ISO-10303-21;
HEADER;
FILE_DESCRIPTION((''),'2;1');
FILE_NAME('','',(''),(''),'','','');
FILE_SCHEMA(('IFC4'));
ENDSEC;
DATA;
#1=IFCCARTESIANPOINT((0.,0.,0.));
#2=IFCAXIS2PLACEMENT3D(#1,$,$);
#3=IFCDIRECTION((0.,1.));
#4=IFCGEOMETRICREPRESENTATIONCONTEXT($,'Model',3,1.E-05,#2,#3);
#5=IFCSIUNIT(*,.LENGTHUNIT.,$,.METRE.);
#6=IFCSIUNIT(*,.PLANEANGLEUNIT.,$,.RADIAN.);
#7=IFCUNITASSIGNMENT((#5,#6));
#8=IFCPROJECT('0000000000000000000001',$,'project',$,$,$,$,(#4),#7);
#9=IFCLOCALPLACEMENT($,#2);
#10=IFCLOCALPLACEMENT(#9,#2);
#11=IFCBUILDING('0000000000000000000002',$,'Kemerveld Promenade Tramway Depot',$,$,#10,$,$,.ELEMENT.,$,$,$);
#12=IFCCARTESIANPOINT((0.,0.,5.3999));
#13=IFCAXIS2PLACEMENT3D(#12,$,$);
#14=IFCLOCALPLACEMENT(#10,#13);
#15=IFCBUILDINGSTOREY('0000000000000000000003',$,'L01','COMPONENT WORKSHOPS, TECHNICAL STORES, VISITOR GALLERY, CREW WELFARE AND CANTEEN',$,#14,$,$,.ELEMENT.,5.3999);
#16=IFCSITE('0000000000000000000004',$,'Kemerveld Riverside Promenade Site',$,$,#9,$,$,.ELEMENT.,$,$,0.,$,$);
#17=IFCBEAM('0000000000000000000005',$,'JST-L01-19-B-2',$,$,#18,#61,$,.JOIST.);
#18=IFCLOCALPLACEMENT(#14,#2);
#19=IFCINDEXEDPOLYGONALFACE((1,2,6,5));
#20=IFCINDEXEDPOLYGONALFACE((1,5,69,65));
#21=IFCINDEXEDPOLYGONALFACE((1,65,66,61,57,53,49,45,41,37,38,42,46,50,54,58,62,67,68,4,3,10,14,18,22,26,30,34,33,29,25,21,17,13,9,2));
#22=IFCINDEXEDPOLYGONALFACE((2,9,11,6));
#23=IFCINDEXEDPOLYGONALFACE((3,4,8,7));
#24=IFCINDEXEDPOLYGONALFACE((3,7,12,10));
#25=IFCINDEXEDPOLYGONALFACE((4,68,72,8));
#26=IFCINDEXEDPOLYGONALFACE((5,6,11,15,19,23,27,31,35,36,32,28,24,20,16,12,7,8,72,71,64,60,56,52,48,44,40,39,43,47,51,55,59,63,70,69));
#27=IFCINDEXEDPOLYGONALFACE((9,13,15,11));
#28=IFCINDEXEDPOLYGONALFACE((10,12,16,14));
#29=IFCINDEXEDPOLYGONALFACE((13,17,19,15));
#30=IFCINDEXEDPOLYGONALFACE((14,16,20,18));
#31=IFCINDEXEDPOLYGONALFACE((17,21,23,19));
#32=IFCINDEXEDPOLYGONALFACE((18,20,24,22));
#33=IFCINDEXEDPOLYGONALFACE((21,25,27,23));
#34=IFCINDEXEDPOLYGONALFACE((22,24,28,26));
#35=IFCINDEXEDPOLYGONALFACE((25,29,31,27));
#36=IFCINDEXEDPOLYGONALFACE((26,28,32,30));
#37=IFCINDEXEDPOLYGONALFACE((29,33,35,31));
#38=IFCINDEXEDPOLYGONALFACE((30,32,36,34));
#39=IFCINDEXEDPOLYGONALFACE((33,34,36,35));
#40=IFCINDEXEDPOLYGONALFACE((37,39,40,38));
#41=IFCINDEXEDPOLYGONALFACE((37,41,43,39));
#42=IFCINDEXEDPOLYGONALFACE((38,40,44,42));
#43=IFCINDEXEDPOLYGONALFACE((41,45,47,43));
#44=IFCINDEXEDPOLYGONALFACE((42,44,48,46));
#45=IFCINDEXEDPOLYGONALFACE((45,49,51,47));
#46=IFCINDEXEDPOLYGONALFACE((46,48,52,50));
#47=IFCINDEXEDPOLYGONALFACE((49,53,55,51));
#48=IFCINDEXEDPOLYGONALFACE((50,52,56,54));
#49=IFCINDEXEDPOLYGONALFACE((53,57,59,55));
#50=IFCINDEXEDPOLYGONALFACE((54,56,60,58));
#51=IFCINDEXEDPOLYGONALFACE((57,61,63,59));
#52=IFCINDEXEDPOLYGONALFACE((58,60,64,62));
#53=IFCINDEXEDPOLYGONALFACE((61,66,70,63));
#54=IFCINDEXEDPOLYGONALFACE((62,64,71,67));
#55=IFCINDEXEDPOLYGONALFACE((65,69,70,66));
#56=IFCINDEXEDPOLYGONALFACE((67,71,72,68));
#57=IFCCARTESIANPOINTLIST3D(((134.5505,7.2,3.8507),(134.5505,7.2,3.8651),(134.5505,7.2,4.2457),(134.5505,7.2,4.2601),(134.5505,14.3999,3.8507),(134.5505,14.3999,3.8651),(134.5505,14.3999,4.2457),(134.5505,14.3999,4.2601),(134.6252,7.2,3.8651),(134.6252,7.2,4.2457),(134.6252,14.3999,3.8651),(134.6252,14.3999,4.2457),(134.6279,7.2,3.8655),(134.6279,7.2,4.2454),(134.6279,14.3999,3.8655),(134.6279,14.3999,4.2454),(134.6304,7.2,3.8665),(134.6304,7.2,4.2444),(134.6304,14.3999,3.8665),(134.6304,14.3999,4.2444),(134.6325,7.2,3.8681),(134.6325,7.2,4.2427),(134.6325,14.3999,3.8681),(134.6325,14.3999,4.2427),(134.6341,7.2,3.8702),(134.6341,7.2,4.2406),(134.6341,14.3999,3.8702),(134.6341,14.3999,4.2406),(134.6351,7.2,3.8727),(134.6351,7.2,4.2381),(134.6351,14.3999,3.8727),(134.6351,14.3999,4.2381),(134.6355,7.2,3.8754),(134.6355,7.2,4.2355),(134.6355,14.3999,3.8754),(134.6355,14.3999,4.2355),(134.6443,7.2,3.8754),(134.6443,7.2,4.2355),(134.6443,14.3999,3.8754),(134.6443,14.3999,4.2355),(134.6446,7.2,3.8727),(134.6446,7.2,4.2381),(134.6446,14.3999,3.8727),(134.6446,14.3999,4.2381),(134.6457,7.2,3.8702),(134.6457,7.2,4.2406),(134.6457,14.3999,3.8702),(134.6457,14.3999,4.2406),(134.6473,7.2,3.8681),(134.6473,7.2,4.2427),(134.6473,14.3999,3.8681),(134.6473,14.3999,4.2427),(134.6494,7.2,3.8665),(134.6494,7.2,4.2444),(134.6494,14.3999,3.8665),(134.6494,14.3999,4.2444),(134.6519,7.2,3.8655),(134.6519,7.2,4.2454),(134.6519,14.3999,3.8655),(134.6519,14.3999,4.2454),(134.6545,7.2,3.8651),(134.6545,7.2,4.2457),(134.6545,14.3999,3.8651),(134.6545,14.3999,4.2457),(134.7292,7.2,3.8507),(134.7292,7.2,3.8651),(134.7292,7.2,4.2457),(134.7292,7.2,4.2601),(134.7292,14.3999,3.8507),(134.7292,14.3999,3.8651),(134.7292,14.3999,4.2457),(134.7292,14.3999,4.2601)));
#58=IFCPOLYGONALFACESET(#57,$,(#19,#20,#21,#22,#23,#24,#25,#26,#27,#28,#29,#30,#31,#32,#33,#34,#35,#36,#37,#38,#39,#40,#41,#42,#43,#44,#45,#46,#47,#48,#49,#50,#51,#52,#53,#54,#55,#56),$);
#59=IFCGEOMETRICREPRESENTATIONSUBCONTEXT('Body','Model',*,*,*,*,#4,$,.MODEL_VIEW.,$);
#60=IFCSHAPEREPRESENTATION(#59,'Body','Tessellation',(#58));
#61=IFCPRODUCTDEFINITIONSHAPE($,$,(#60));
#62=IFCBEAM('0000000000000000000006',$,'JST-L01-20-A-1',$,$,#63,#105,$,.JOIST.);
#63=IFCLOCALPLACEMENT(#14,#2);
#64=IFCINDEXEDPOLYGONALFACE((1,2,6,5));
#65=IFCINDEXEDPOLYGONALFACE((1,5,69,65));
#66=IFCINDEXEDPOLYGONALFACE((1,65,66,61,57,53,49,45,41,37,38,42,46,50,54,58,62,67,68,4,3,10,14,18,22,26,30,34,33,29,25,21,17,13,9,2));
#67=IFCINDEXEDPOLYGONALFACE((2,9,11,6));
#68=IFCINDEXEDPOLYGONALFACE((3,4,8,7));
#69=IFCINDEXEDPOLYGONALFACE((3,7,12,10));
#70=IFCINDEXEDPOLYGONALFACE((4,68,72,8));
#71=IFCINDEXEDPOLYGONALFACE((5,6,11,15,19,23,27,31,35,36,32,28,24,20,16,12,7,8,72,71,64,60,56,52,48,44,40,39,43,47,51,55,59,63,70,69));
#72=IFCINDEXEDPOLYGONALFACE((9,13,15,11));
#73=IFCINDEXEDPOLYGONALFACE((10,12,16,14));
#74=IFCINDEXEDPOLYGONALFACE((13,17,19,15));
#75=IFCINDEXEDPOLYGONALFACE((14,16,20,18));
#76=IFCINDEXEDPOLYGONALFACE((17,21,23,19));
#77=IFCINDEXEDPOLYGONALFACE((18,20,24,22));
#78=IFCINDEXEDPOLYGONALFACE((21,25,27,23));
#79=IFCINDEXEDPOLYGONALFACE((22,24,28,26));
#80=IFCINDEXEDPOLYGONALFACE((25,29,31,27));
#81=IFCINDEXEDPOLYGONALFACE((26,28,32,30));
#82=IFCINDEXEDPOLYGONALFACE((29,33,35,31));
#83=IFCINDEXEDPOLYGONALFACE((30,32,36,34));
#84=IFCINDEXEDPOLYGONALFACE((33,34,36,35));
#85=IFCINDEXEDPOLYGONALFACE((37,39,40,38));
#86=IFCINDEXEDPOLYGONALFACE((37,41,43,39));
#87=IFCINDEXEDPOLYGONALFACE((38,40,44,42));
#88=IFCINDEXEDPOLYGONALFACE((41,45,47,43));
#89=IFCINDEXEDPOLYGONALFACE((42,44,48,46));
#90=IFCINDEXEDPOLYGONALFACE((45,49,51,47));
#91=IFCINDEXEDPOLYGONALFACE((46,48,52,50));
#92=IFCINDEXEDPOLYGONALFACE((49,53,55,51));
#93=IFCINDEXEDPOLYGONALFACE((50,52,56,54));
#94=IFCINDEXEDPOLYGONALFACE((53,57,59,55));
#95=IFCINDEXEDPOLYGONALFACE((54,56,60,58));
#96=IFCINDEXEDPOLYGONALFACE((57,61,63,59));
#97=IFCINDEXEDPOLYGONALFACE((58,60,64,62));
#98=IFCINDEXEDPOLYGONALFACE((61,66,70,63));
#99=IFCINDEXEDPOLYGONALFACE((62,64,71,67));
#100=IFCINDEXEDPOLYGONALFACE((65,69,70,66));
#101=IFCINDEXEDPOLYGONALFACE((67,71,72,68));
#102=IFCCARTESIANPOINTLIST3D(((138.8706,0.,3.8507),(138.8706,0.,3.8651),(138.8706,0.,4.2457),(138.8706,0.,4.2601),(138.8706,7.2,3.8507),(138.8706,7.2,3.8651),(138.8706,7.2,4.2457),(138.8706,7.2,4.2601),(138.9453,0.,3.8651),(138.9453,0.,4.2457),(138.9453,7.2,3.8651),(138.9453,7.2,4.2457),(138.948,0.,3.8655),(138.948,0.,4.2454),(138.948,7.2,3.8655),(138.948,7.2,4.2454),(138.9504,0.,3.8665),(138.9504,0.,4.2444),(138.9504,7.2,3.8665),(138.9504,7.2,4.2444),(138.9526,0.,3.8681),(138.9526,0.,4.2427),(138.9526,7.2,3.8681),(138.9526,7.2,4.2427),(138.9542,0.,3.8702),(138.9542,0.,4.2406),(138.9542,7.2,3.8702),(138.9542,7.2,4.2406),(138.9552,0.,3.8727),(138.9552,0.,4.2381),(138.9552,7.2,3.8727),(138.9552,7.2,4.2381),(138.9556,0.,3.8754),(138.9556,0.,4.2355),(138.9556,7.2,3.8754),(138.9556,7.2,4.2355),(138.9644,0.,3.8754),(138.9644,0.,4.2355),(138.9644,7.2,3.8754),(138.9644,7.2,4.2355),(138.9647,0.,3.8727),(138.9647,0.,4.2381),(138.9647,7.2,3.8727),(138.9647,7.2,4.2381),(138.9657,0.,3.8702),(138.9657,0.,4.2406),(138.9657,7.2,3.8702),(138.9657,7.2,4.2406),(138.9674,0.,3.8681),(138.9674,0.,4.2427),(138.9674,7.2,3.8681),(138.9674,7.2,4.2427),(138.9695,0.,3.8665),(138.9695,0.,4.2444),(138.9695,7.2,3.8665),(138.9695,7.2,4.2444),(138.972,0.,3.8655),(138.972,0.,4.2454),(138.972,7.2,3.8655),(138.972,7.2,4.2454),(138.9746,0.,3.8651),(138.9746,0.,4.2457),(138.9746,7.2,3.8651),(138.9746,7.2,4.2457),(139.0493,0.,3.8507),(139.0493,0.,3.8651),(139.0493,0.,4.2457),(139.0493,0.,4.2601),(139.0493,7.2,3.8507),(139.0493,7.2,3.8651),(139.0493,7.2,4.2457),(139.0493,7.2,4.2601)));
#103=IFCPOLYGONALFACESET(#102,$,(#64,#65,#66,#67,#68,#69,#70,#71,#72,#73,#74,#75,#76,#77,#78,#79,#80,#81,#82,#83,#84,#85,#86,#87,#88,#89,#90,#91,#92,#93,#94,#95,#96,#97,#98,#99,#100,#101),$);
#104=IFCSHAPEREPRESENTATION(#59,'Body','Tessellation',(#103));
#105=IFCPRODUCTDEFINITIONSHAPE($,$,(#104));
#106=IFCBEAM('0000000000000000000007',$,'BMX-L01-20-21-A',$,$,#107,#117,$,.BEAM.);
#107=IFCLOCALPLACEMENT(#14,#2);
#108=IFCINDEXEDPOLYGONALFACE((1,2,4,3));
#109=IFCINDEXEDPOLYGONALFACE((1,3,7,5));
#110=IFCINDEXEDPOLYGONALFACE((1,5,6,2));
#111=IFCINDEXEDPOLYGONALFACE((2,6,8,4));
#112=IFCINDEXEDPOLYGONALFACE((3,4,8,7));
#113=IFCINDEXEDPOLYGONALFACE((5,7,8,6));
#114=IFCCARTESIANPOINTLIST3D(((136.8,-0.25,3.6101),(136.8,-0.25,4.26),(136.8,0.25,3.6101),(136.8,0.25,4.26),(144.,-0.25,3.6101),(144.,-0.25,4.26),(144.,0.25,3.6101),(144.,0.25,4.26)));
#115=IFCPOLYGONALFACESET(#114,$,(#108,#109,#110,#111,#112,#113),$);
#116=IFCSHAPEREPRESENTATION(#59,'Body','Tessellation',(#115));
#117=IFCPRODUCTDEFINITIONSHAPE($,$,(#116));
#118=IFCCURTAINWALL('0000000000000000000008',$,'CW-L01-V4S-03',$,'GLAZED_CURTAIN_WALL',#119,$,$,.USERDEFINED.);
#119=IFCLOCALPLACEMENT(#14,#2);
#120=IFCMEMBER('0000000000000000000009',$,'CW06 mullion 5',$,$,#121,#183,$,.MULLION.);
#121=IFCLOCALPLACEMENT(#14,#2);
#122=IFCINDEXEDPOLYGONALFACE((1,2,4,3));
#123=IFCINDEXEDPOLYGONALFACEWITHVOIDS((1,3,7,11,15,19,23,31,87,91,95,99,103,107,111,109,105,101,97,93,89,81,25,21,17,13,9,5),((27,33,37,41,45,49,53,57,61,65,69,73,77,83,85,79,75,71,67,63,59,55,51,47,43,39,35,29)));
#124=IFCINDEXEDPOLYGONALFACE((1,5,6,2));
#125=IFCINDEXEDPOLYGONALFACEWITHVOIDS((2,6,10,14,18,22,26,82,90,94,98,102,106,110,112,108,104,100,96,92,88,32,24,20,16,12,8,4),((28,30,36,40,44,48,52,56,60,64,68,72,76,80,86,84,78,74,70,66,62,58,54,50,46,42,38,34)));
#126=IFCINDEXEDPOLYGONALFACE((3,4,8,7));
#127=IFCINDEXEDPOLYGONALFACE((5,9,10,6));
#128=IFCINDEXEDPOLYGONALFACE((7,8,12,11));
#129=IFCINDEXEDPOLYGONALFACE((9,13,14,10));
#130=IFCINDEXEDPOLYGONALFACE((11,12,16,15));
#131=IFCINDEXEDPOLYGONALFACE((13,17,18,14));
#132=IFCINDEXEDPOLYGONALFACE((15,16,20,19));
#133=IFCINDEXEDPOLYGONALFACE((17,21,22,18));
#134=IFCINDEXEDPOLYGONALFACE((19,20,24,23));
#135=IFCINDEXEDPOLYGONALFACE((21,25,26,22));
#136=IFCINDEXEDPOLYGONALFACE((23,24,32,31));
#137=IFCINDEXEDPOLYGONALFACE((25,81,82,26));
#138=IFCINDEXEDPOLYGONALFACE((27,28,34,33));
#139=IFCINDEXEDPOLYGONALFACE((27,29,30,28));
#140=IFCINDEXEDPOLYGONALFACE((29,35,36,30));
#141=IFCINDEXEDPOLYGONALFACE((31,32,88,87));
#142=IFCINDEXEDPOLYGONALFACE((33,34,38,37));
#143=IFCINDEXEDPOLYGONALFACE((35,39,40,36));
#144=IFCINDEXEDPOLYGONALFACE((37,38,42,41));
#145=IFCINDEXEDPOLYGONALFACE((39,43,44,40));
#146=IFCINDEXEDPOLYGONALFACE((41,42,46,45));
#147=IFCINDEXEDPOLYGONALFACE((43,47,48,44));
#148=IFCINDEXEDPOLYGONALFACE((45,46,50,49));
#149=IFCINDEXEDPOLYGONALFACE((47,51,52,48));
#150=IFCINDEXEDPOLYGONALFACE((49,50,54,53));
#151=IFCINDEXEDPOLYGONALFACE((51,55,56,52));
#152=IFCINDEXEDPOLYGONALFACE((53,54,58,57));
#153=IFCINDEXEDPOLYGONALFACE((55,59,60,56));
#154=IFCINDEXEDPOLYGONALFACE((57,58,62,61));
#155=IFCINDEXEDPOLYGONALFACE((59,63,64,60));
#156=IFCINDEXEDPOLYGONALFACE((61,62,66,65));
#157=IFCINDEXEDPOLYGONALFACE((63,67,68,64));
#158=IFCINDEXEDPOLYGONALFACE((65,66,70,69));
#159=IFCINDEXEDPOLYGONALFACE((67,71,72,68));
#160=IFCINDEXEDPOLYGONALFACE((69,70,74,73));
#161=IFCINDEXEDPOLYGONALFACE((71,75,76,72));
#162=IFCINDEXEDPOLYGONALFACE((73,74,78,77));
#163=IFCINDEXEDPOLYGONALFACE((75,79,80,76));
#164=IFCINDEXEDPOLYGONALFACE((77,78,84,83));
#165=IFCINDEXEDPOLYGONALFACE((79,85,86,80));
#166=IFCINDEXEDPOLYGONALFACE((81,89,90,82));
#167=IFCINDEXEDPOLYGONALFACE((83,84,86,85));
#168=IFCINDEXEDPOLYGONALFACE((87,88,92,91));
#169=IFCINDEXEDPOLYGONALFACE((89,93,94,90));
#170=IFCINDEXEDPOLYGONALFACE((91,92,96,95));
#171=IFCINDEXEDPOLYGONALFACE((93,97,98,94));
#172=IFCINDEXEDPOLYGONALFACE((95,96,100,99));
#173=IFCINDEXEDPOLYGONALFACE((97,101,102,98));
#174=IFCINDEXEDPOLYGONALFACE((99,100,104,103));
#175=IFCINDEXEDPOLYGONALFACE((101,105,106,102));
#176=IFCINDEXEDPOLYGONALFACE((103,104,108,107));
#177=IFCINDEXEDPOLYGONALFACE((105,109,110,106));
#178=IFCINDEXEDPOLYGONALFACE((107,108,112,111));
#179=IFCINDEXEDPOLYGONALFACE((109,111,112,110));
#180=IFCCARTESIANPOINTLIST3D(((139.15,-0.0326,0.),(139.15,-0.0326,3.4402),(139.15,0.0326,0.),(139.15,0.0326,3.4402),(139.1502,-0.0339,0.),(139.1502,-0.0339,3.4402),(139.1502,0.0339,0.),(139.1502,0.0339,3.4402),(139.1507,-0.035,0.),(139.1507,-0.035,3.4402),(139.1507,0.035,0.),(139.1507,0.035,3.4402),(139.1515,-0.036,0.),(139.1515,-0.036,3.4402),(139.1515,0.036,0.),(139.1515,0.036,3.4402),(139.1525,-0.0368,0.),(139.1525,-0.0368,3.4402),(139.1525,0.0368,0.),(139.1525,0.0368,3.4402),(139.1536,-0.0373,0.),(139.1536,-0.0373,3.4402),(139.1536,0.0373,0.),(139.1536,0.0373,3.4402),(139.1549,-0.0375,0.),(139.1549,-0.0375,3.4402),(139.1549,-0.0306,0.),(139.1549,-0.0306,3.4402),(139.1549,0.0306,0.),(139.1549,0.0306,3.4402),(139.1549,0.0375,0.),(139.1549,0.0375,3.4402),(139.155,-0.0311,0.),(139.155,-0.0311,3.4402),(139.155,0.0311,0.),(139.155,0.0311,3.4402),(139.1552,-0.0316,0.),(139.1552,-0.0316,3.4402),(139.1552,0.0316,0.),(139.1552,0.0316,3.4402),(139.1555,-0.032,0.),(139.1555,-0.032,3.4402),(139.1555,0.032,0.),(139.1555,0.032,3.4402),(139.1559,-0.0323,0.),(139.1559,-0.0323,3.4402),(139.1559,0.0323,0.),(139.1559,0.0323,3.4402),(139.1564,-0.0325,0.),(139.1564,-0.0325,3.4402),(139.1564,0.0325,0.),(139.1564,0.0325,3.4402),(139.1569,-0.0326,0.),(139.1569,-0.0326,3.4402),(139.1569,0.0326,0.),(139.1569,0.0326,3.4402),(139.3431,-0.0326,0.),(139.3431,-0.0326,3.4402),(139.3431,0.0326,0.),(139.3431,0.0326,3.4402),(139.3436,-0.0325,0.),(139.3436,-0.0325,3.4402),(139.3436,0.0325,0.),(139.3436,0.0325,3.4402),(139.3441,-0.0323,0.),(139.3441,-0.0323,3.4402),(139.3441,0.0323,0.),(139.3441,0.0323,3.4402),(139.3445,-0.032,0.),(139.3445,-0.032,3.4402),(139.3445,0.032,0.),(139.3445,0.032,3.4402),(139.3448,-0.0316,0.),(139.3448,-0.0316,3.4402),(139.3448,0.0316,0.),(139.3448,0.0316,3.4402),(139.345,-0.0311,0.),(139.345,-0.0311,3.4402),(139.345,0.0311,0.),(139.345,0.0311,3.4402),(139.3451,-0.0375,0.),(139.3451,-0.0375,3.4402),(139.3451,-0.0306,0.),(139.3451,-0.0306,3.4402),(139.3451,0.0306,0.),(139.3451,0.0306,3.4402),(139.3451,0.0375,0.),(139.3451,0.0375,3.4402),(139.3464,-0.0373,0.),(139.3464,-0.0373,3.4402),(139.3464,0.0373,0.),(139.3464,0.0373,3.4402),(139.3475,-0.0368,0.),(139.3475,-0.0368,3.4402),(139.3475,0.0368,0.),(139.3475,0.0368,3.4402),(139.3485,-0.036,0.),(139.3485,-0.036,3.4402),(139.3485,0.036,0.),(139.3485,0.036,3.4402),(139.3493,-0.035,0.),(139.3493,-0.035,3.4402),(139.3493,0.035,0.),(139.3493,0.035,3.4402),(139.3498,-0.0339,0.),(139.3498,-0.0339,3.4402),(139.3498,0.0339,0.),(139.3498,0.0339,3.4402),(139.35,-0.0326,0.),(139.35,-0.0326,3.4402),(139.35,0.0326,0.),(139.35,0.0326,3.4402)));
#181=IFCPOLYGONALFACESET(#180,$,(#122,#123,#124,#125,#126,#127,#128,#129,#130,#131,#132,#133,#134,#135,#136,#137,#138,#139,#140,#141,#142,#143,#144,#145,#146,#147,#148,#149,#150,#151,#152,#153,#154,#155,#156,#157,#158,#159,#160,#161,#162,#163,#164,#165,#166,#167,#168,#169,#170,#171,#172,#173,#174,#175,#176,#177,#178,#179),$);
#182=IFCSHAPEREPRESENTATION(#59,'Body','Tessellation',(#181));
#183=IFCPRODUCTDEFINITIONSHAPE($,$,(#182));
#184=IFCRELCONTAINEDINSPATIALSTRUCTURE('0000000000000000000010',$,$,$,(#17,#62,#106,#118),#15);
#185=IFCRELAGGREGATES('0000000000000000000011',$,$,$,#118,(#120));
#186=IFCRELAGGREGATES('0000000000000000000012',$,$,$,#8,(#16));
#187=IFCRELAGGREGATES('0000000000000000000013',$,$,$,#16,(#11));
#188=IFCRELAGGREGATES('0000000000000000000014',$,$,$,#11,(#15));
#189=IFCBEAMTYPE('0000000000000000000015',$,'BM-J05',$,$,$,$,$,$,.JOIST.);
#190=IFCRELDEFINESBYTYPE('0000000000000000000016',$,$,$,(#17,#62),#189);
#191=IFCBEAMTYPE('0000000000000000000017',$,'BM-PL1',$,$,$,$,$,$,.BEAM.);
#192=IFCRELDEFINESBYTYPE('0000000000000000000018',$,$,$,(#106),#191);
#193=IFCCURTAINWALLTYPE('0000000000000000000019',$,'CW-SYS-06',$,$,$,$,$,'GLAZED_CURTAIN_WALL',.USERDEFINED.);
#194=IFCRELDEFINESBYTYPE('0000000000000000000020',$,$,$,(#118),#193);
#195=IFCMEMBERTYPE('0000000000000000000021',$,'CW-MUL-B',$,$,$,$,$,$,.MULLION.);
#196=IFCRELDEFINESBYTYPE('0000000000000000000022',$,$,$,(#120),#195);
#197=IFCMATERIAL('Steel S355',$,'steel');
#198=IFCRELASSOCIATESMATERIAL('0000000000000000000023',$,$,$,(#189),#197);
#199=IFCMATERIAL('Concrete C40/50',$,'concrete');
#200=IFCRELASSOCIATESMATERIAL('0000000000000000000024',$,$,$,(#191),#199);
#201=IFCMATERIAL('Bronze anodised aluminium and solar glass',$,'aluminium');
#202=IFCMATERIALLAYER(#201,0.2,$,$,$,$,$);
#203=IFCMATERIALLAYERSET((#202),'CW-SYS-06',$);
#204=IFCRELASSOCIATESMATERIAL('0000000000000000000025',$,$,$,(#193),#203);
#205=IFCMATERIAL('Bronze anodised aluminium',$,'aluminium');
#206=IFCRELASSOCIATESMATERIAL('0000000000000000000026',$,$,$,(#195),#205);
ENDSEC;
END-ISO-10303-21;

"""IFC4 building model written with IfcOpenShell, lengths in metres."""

from ifc_helpers import new_model, si_unit, direction, frame, origin, origin_2d, place, context, subcontext, project, spatial, rectangle, hollow_rectangle, i_section, extrude, material, layer, layer_set, material_profile, profile_set, type_object, element, aggregate, save


model = new_model("IFC4")

# Units and contexts
model_context = context("Model", 3, precision=1e-05, world=origin(), true_north=direction((0.0, 1.0)))
body_context = subcontext(model_context, "Body", "Model", "MODEL_VIEW")
ifc_project = project(units=[si_unit("LENGTHUNIT", "METRE"), si_unit("PLANEANGLEUNIT", "RADIAN")], contexts=[model_context])

# Site, building, storey
site_placement = place(None, origin())
site = spatial("IfcSite", under=ifc_project, at=site_placement, Name="Kemerveld Riverside Promenade Site", CompositionType="ELEMENT", RefElevation=0.0)
building_placement = place(site_placement, origin())
building = spatial("IfcBuilding", under=site, at=building_placement, Name="Kemerveld Promenade Tramway Depot", CompositionType="ELEMENT")
storey_placement = place(building_placement, frame((0.0, 0.0, 5.3999)))
storey = spatial("IfcBuildingStorey", under=building, at=storey_placement, Name="L01", Description="COMPONENT WORKSHOPS, TECHNICAL STORES, VISITOR GALLERY, CREW WELFARE AND CANTEEN", CompositionType="ELEMENT", Elevation=5.3999)

# Shared definitions
ifc_material_1 = material(Name="Steel S355", Category="steel")

# Beams
ifc_material_profile_1 = material_profile(ifc_material_1, i_section(OverallWidth=0.1787, OverallDepth=0.4094, WebThickness=0.0088, FlangeThickness=0.0144, FilletRadius=0.0103, at=origin_2d()), Name="406x178x67 UB")
ifc_profile_set_1 = profile_set([ifc_material_profile_1], Name="Steel S355")
beam_type_1 = type_object("IfcBeamType", Name="BM-J05", PredefinedType="JOIST", material=ifc_profile_set_1)
for number, where, z_axis, x_axis, name in (
    (1, (134.6399, 7.2, 4.0554), (0.0, 1.0, 0.0), (-1.0, 0.0, 0.0), "JST-L01-19-B-2"),
    (2, (138.96, 0.0, 4.0554), (0.0, 1.0, 0.0), (-1.0, 0.0, 0.0), "JST-L01-20-A-1"),
):
    element("IfcBeam", number, at=place(storey_placement, frame(where, z_axis=z_axis, x_axis=x_axis)), inside=storey, type_object=beam_type_1, Name=name, PredefinedType="JOIST", context=body_context, shape_type="SweptSolid", body=[
        extrude(i_section(OverallWidth=0.1787, OverallDepth=0.4094, WebThickness=0.0088, FlangeThickness=0.0144, FilletRadius=0.0103, at=origin_2d()), origin(), (0.0, 0.0, 1.0), 7.2),
    ])
ifc_material_2 = material(Name="Concrete C40/50", Category="concrete")
ifc_material_profile_2 = material_profile(ifc_material_2, rectangle(XDim=0.5, YDim=0.6499, at=origin_2d()), Name="RC-PLINTH-500x650")
ifc_profile_set_2 = profile_set([ifc_material_profile_2], Name="Concrete C40/50")
beam_type_2 = type_object("IfcBeamType", Name="BM-PL1", PredefinedType="BEAM", material=ifc_profile_set_2)
beam_1_placement = place(storey_placement, frame((136.8, 0.0, 3.9351), z_axis=(1.0, 0.0, 0.0), x_axis=(0.0, 1.0, 0.0)))
element("IfcBeam", 3, at=beam_1_placement, inside=storey, type_object=beam_type_2, Name="BMX-L01-20-21-A", PredefinedType="BEAM", context=body_context, shape_type="SweptSolid", body=[
    extrude(rectangle(XDim=0.5, YDim=0.6499, at=origin_2d()), origin(), (0.0, 0.0, 1.0), 7.2),
])

# Curtain wall, member
ifc_material_3 = material(Name="Bronze anodised aluminium and solar glass", Category="aluminium")
ifc_layer_1 = layer(ifc_material_3, 0.2)
ifc_layer_set_1 = layer_set([ifc_layer_1], Name="CW-SYS-06")
curtain_wall_type = type_object("IfcCurtainWallType", Name="CW-SYS-06", ElementType="GLAZED_CURTAIN_WALL", PredefinedType="USERDEFINED", material=ifc_layer_set_1)
curtain_wall_placement = place(storey_placement, origin())
curtain_wall = element("IfcCurtainWall", 4, at=curtain_wall_placement, inside=storey, type_object=curtain_wall_type, Name="CW-L01-V4S-03", ObjectType="GLAZED_CURTAIN_WALL", PredefinedType="USERDEFINED")
ifc_material_4 = material(Name="Bronze anodised aluminium", Category="aluminium")
ifc_material_profile_3 = material_profile(ifc_material_4, hollow_rectangle(XDim=0.075, YDim=0.2, WallThickness=0.0049, InnerFilletRadius=0.002, OuterFilletRadius=0.0049, at=origin_2d()), Name="CW-MUL-200x75")
ifc_profile_set_3 = profile_set([ifc_material_profile_3], Name="Bronze anodised aluminium")
member_type_1 = type_object("IfcMemberType", Name="CW-MUL-B", PredefinedType="MULLION", material=ifc_profile_set_3)
member_1_placement = place(storey_placement, frame((139.25, 0.0, 0.0), z_axis=(0.0, 0.0, 1.0), x_axis=(0.0, -1.0, 0.0)))
member_1 = element("IfcMember", 5, at=member_1_placement, type_object=member_type_1, Name="CW06 mullion 5", PredefinedType="MULLION", context=body_context, shape_type="SweptSolid", body=[
    extrude(hollow_rectangle(XDim=0.075, YDim=0.2, WallThickness=0.0049, InnerFilletRadius=0.002, OuterFilletRadius=0.0049, at=origin_2d()), origin(), (0.0, 0.0, 1.0), 3.4402),
])
aggregate(curtain_wall, [member_1])

save(model, "model.ifc")
